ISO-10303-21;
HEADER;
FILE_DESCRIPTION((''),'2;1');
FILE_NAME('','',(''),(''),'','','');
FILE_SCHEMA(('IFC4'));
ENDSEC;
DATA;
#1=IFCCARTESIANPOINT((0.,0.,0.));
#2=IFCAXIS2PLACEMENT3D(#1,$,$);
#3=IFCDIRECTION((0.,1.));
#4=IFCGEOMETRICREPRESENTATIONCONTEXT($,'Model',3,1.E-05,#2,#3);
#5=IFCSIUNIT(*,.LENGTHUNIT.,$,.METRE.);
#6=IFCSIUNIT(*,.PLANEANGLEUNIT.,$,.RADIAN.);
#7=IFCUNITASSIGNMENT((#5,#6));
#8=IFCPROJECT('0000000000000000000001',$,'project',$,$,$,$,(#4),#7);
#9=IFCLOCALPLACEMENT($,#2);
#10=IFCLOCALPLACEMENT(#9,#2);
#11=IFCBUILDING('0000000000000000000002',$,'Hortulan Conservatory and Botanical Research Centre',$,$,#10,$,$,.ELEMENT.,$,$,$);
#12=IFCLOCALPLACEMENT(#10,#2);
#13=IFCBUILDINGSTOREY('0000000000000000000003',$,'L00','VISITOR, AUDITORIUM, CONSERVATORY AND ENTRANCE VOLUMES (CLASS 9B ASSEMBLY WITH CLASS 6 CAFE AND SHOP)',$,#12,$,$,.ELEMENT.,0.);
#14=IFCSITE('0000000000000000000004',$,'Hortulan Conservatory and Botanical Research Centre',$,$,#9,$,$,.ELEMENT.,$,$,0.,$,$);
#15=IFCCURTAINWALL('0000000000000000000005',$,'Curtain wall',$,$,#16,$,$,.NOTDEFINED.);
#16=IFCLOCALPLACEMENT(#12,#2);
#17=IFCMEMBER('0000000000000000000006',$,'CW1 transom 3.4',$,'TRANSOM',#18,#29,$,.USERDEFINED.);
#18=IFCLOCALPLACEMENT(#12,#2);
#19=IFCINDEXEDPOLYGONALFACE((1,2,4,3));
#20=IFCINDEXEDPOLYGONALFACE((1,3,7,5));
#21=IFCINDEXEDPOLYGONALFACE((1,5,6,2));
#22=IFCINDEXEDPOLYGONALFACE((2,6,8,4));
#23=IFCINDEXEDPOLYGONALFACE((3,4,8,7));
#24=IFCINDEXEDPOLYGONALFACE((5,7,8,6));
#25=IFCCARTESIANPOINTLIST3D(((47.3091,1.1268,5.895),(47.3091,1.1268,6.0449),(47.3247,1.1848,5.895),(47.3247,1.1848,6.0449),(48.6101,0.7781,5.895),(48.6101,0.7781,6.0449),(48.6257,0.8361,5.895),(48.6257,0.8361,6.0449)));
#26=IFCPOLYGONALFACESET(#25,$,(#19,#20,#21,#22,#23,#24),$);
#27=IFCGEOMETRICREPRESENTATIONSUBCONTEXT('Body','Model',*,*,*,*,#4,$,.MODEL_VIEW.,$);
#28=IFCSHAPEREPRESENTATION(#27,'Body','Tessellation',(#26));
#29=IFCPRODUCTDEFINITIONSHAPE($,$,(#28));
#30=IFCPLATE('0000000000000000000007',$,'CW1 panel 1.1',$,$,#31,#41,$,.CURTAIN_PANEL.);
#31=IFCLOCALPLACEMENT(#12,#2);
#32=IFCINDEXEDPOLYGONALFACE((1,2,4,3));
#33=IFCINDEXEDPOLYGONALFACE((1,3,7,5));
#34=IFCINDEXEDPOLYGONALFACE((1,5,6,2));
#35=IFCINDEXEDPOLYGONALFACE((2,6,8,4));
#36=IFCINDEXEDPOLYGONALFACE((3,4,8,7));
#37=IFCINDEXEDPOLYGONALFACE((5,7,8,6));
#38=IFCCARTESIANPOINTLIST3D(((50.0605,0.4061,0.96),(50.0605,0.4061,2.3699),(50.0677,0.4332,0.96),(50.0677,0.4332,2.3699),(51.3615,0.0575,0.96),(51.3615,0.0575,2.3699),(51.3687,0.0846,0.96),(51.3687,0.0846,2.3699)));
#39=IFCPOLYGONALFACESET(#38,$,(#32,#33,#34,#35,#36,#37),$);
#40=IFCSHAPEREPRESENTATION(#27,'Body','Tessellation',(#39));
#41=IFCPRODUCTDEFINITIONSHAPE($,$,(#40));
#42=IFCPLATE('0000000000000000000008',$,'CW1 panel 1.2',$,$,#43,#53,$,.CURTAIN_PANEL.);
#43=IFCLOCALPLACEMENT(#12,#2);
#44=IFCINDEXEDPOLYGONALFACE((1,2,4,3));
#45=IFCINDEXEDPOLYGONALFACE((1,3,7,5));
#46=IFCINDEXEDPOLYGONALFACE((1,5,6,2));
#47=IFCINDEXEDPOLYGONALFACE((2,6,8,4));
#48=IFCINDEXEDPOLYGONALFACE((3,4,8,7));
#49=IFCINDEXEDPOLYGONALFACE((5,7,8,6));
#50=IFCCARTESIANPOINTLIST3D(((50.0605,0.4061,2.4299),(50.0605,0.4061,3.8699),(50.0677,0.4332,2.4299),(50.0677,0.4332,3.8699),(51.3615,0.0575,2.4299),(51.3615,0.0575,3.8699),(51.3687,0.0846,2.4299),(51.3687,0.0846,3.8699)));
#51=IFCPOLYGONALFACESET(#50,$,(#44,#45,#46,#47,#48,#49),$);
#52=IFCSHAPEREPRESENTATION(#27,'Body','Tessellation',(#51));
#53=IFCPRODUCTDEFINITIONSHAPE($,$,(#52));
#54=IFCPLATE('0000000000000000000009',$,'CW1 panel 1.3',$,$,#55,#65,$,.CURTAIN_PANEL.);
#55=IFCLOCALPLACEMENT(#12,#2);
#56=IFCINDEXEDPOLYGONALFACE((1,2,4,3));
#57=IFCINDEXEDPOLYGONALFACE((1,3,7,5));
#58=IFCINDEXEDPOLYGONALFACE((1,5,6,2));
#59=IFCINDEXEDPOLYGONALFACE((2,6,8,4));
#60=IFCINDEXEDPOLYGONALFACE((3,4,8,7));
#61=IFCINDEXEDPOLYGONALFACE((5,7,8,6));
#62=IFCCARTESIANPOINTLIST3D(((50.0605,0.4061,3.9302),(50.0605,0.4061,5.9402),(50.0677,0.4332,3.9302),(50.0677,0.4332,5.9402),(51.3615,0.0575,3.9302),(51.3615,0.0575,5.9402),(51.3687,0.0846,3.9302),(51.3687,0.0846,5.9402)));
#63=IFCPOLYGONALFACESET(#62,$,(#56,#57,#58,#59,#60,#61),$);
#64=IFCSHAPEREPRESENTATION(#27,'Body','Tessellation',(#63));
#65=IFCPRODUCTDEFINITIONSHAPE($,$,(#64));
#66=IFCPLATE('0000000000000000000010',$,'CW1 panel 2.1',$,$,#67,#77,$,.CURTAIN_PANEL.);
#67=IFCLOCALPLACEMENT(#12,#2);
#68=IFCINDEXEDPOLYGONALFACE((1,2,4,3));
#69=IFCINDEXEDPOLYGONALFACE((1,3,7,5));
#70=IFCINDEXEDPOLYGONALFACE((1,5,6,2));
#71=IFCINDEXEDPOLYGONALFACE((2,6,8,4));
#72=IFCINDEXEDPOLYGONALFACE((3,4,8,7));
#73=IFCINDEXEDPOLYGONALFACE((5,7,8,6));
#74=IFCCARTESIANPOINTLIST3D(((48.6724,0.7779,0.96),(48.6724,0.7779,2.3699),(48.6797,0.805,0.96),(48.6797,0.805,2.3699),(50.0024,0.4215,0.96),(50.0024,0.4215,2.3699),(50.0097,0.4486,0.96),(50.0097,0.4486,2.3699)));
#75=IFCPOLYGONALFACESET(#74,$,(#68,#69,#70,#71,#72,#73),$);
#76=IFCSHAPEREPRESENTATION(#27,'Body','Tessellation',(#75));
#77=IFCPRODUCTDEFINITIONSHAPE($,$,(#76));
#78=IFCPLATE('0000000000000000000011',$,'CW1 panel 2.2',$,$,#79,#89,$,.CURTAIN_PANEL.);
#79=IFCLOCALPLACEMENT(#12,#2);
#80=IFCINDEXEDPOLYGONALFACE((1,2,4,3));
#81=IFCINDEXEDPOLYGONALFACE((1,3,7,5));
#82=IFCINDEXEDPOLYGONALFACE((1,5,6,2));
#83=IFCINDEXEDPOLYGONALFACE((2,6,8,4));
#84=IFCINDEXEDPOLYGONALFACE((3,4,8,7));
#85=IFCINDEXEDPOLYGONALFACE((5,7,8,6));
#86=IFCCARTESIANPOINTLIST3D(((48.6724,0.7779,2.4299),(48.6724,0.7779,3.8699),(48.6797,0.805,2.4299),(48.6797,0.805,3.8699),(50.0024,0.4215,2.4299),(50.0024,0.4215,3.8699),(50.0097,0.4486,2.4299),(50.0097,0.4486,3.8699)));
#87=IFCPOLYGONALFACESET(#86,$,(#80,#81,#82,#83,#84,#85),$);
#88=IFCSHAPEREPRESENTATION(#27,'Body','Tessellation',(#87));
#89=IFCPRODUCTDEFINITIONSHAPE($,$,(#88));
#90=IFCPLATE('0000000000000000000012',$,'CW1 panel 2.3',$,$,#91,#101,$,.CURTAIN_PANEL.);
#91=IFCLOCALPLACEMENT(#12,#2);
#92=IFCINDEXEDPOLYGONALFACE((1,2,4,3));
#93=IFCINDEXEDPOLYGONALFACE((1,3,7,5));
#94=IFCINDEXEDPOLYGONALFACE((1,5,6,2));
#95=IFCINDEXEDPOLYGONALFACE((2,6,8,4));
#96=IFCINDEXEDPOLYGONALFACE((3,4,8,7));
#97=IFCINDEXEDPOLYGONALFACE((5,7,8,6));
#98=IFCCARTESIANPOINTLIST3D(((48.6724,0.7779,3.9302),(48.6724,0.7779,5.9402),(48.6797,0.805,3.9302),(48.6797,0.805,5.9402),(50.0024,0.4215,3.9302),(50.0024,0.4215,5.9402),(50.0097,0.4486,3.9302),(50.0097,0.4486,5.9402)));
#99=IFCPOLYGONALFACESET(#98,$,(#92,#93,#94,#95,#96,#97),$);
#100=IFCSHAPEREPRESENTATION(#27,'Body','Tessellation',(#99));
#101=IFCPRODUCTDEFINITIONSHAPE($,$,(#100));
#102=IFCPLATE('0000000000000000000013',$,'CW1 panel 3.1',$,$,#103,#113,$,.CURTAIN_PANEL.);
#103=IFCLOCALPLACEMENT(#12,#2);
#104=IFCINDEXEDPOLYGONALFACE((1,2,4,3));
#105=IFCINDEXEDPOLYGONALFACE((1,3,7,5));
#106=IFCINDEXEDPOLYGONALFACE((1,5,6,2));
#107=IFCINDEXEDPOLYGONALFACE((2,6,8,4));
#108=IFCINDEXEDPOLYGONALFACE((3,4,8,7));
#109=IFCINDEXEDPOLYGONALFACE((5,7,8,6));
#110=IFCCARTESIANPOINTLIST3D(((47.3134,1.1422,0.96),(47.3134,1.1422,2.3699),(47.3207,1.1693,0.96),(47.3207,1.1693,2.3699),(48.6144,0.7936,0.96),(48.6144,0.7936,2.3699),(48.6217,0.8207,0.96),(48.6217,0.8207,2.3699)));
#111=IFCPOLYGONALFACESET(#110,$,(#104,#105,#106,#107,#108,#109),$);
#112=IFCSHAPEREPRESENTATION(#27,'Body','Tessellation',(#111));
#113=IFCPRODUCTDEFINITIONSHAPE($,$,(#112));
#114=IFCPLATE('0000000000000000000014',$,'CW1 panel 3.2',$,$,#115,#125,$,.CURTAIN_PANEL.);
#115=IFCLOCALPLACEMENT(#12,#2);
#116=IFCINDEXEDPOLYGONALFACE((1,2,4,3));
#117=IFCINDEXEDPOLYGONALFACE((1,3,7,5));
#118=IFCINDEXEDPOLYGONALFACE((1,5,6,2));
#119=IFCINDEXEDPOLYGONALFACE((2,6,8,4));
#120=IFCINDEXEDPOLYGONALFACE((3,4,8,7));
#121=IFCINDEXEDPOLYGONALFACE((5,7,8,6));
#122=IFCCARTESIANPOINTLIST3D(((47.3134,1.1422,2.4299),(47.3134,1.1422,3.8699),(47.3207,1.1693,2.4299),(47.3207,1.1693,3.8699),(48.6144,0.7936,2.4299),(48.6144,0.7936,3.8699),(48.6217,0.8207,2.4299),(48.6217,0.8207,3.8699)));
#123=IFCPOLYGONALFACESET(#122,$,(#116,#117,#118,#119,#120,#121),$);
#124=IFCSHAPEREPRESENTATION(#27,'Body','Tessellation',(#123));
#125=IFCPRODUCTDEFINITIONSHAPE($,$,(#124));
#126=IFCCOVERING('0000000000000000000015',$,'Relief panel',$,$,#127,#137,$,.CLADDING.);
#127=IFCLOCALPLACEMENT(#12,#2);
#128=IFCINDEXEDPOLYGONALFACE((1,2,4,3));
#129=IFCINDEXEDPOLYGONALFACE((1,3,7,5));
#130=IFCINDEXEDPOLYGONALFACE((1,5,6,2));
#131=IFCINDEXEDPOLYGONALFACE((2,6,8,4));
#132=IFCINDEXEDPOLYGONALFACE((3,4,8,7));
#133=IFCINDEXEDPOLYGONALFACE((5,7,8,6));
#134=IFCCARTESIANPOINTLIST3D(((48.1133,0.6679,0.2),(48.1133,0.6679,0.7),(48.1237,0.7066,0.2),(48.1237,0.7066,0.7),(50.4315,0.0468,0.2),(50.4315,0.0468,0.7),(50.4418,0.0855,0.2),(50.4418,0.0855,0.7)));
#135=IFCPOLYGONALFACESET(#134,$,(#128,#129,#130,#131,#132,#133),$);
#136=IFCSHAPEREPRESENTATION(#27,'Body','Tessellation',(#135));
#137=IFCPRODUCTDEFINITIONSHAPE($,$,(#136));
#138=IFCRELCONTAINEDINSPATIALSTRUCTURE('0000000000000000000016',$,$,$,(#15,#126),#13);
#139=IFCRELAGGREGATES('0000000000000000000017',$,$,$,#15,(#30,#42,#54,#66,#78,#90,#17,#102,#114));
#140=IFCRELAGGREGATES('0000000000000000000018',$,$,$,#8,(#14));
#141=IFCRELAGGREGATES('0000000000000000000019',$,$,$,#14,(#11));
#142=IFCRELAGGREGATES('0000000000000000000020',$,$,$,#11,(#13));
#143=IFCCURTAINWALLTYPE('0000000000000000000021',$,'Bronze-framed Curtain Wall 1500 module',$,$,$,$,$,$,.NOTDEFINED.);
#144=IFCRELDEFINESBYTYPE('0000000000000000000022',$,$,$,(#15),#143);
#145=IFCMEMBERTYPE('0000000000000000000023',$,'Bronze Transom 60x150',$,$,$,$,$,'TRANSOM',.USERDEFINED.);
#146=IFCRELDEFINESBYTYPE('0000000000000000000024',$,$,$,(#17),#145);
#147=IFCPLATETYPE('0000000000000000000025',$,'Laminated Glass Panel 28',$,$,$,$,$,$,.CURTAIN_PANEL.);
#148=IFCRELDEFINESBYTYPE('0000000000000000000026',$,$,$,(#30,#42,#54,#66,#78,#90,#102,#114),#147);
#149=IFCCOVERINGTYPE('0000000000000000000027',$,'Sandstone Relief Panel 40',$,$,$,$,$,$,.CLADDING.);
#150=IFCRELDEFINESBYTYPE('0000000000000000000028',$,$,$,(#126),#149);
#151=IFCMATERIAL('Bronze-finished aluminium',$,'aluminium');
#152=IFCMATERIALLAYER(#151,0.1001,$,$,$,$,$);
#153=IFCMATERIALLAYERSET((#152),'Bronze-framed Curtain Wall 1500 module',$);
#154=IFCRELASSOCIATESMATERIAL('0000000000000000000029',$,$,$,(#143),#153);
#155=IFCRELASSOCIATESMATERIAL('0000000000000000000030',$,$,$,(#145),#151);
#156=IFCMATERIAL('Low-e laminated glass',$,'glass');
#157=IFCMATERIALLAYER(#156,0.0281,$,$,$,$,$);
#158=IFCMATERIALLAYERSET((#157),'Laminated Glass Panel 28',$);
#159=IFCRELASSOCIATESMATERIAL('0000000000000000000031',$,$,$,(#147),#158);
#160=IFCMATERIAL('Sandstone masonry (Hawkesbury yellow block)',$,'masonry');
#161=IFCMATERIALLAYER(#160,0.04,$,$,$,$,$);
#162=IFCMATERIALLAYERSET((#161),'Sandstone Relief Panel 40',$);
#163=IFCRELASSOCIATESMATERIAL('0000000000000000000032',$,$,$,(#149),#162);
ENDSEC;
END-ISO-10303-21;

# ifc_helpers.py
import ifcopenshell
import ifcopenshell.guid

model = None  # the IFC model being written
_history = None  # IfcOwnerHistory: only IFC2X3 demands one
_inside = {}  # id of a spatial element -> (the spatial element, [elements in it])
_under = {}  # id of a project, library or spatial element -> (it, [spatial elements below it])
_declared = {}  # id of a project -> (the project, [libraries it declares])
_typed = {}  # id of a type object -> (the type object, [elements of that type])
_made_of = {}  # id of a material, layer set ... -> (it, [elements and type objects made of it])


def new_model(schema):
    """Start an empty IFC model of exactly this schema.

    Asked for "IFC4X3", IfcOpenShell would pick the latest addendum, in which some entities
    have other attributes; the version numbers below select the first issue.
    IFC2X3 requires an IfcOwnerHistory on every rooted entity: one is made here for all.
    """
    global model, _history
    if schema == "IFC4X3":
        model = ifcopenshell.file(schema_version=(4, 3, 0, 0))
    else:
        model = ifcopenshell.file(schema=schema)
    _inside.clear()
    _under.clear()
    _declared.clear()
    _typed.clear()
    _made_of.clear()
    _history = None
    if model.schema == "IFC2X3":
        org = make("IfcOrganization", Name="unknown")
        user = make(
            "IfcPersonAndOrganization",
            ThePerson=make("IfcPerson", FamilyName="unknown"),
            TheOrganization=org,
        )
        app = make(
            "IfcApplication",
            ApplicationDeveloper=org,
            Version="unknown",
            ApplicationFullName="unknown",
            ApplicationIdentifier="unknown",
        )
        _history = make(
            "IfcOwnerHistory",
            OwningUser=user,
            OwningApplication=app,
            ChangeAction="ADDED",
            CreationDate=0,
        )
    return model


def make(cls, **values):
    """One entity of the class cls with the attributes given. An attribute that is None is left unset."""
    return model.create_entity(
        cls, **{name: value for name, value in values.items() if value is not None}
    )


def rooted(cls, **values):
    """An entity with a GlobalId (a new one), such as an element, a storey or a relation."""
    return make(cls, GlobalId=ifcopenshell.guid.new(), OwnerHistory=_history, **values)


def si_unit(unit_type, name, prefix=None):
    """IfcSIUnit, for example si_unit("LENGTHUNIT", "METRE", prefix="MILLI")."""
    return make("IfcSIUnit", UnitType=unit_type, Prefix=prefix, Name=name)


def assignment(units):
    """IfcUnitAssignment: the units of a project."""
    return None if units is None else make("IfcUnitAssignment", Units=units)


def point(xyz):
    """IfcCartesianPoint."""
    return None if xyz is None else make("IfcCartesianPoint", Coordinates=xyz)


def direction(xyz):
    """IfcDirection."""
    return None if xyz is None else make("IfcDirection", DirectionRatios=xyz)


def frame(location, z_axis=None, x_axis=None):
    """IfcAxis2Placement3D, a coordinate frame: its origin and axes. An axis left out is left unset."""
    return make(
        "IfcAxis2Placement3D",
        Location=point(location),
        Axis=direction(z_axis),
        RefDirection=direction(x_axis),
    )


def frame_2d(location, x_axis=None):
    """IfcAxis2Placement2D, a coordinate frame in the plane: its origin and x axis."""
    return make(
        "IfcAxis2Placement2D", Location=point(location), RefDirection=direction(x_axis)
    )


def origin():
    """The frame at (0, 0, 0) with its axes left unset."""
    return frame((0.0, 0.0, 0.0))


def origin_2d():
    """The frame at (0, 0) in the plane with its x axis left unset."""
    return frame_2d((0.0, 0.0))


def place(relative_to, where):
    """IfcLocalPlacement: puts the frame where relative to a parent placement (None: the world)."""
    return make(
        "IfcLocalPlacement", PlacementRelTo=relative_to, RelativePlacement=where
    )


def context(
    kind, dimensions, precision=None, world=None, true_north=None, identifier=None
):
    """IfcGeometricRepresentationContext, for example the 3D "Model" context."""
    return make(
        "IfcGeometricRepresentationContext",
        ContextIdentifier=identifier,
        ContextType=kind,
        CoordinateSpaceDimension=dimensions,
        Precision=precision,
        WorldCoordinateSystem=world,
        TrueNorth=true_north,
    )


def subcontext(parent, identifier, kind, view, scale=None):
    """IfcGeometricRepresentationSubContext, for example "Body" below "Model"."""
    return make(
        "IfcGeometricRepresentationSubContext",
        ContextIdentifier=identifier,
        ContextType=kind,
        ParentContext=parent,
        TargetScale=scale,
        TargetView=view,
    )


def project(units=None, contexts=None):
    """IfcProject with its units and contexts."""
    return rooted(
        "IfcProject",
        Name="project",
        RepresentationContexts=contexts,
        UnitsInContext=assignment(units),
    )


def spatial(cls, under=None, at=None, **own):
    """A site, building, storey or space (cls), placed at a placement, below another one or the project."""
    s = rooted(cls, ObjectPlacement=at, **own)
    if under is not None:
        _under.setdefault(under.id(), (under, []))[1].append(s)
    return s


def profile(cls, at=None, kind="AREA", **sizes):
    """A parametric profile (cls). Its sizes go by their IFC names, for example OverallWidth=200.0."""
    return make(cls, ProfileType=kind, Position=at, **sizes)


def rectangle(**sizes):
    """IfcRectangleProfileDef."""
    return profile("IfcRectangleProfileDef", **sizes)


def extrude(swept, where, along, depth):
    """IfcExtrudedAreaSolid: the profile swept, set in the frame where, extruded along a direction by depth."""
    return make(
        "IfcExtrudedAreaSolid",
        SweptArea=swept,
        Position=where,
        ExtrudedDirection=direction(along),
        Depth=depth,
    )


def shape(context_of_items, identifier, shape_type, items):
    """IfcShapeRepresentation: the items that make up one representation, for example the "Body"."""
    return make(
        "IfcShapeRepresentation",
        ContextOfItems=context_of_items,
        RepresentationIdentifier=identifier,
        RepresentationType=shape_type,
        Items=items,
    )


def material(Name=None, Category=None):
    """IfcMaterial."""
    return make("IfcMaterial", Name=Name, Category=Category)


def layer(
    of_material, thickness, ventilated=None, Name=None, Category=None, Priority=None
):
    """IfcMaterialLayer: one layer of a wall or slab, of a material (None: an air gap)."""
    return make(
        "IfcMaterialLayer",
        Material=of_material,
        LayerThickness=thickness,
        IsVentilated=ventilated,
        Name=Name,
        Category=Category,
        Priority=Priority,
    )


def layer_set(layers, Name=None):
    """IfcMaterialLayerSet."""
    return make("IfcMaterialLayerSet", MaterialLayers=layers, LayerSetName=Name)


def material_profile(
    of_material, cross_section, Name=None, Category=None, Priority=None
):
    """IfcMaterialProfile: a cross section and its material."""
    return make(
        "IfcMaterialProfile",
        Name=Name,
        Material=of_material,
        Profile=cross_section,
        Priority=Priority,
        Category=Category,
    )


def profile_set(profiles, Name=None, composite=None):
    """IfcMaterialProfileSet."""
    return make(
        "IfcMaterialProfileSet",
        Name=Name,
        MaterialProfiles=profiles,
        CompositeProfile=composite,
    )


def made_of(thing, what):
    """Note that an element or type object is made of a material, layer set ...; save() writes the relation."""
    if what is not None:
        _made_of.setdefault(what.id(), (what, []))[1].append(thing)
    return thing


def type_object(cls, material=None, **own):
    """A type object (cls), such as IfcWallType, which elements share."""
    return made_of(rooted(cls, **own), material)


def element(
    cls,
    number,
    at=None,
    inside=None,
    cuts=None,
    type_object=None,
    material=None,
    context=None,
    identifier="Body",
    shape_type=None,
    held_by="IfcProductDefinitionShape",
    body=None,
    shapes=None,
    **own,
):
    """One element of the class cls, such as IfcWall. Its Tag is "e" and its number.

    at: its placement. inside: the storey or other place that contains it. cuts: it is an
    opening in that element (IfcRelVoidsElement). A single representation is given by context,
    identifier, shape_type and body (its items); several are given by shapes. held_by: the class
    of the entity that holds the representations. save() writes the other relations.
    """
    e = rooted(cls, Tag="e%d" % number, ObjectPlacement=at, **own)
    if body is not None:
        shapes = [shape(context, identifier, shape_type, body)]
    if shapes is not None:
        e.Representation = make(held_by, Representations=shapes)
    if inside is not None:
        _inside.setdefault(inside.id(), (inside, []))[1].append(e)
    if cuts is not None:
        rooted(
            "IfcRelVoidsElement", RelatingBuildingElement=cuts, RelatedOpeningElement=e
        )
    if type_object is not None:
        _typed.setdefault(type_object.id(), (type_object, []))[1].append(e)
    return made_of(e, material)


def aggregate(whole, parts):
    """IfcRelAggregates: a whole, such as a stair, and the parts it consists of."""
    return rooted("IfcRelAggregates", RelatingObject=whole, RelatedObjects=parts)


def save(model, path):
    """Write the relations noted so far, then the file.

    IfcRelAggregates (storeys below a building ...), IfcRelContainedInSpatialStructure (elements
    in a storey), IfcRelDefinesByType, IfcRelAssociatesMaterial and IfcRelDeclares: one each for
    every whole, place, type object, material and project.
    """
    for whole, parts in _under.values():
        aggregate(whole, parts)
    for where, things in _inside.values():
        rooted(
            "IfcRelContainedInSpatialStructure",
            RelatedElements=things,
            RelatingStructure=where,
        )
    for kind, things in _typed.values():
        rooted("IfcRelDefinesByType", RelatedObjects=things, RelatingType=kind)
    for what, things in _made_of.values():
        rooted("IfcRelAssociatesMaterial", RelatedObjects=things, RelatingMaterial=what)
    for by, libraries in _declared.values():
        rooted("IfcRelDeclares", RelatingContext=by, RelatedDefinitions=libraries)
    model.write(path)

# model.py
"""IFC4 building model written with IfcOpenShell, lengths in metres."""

from ifc_helpers import new_model, si_unit, direction, frame, origin, origin_2d, place, context, subcontext, project, spatial, rectangle, extrude, material, layer, layer_set, material_profile, profile_set, type_object, element, aggregate, save


model = new_model("IFC4")

# Units and contexts
model_context = context("Model", 3, precision=1e-05, world=origin(), true_north=direction((0.0, 1.0)))
body_context = subcontext(model_context, "Body", "Model", "MODEL_VIEW")
ifc_project = project(units=[si_unit("LENGTHUNIT", "METRE"), si_unit("PLANEANGLEUNIT", "RADIAN")], contexts=[model_context])

# Site, building, storey
site_placement = place(None, origin())
site = spatial("IfcSite", under=ifc_project, at=site_placement, Name="Hortulan Conservatory and Botanical Research Centre", CompositionType="ELEMENT", RefElevation=0.0)
building_placement = place(site_placement, origin())
building = spatial("IfcBuilding", under=site, at=building_placement, Name="Hortulan Conservatory and Botanical Research Centre", CompositionType="ELEMENT")
storey_placement = place(building_placement, origin())
storey = spatial("IfcBuildingStorey", under=building, at=storey_placement, Name="L00", Description="VISITOR, AUDITORIUM, CONSERVATORY AND ENTRANCE VOLUMES (CLASS 9B ASSEMBLY WITH CLASS 6 CAFE AND SHOP)", CompositionType="ELEMENT", Elevation=0.0)

# Curtain wall, member, plates
ifc_material_1 = material(Name="Bronze-finished aluminium", Category="aluminium")
ifc_layer_1 = layer(ifc_material_1, 0.1001)
ifc_layer_set_1 = layer_set([ifc_layer_1], Name="Bronze-framed Curtain Wall 1500 module")
curtain_wall_type = type_object("IfcCurtainWallType", Name="Bronze-framed Curtain Wall 1500 module", PredefinedType="NOTDEFINED", material=ifc_layer_set_1)
curtain_wall_placement = place(storey_placement, origin())
curtain_wall = element("IfcCurtainWall", 1, at=curtain_wall_placement, inside=storey, type_object=curtain_wall_type, Name="Curtain wall", PredefinedType="NOTDEFINED")
ifc_material_profile_1 = material_profile(ifc_material_1, rectangle(XDim=0.0601, YDim=0.1499, at=origin_2d()), Name="Bronze Transom 60x150")
ifc_profile_set_1 = profile_set([ifc_material_profile_1], Name="Bronze-finished aluminium")
member_type_1 = type_object("IfcMemberType", Name="Bronze Transom 60x150", ElementType="TRANSOM", PredefinedType="USERDEFINED", material=ifc_profile_set_1)
member_1_placement = place(storey_placement, frame((48.6179, 0.8071, 5.97), z_axis=(-0.965921, 0.258836, 0.0), x_axis=(-0.258836, -0.965921, 0.0)))
member_1 = element("IfcMember", 2, at=member_1_placement, type_object=member_type_1, Name="CW1 transom 3.4", ObjectType="TRANSOM", PredefinedType="USERDEFINED", context=body_context, shape_type="SweptSolid", body=[
    extrude(rectangle(XDim=0.0601, YDim=0.1499, at=origin_2d()), origin(), (0.0, 0.0, 1.0), 1.3469),
])
ifc_material_2 = material(Name="Low-e laminated glass", Category="glass")
ifc_layer_2 = layer(ifc_material_2, 0.0281)
ifc_layer_set_2 = layer_set([ifc_layer_2], Name="Laminated Glass Panel 28")
plate_type = type_object("IfcPlateType", Name="Laminated Glass Panel 28", PredefinedType="CURTAIN_PANEL", material=ifc_layer_set_2)
plate_1_placement = place(storey_placement, frame((50.7146, 0.2454, 0.96), z_axis=(0.0, 0.0, 1.0), x_axis=(-0.965922, 0.258832, 0.0)))
plate_1 = element("IfcPlate", 3, at=plate_1_placement, type_object=plate_type, Name="CW1 panel 1.1", PredefinedType="CURTAIN_PANEL", context=body_context, shape_type="SweptSolid", body=[
    extrude(rectangle(XDim=1.3469, YDim=0.0281, at=origin_2d()), origin(), (0.0, 0.0, 1.0), 1.4099),
])
plate_2_placement = place(storey_placement, frame((50.7146, 0.2454, 2.4299), z_axis=(0.0, 0.0, 1.0), x_axis=(-0.965922, 0.258832, 0.0)))
plate_2 = element("IfcPlate", 4, at=plate_2_placement, type_object=plate_type, Name="CW1 panel 1.2", PredefinedType="CURTAIN_PANEL", context=body_context, shape_type="SweptSolid", body=[
    extrude(rectangle(XDim=1.3469, YDim=0.0281, at=origin_2d()), origin(), (0.0, 0.0, 1.0), 1.4399),
])
plate_3_placement = place(storey_placement, frame((50.7146, 0.2454, 3.9302), z_axis=(0.0, 0.0, 1.0), x_axis=(-0.965922, 0.258832, 0.0)))
plate_3 = element("IfcPlate", 5, at=plate_3_placement, type_object=plate_type, Name="CW1 panel 1.3", PredefinedType="CURTAIN_PANEL", context=body_context, shape_type="SweptSolid", body=[
    extrude(rectangle(XDim=1.3469, YDim=0.0281, at=origin_2d()), origin(), (0.0, 0.0, 1.0), 2.01),
])
plate_4_placement = place(storey_placement, frame((49.3411, 0.6133, 0.96), z_axis=(0.0, 0.0, 1.0), x_axis=(-0.965922, 0.258832, 0.0)))
plate_4 = element("IfcPlate", 6, at=plate_4_placement, type_object=plate_type, Name="CW1 panel 2.1", PredefinedType="CURTAIN_PANEL", context=body_context, shape_type="SweptSolid", body=[
    extrude(rectangle(XDim=1.377, YDim=0.0281, at=origin_2d()), origin(), (0.0, 0.0, 1.0), 1.4099),
])
plate_5_placement = place(storey_placement, frame((49.3411, 0.6133, 2.4299), z_axis=(0.0, 0.0, 1.0), x_axis=(-0.965922, 0.258832, 0.0)))
plate_5 = element("IfcPlate", 7, at=plate_5_placement, type_object=plate_type, Name="CW1 panel 2.2", PredefinedType="CURTAIN_PANEL", context=body_context, shape_type="SweptSolid", body=[
    extrude(rectangle(XDim=1.377, YDim=0.0281, at=origin_2d()), origin(), (0.0, 0.0, 1.0), 1.4399),
])
plate_6_placement = place(storey_placement, frame((49.3411, 0.6133, 3.9302), z_axis=(0.0, 0.0, 1.0), x_axis=(-0.965922, 0.258832, 0.0)))
plate_6 = element("IfcPlate", 8, at=plate_6_placement, type_object=plate_type, Name="CW1 panel 2.3", PredefinedType="CURTAIN_PANEL", context=body_context, shape_type="SweptSolid", body=[
    extrude(rectangle(XDim=1.377, YDim=0.0281, at=origin_2d()), origin(), (0.0, 0.0, 1.0), 2.01),
])
plate_7_placement = place(storey_placement, frame((47.9675, 0.9814, 0.96), z_axis=(0.0, 0.0, 1.0), x_axis=(-0.965922, 0.258832, 0.0)))
plate_7 = element("IfcPlate", 9, at=plate_7_placement, type_object=plate_type, Name="CW1 panel 3.1", PredefinedType="CURTAIN_PANEL", context=body_context, shape_type="SweptSolid", body=[
    extrude(rectangle(XDim=1.3469, YDim=0.0281, at=origin_2d()), origin(), (0.0, 0.0, 1.0), 1.4099),
])
plate_8_placement = place(storey_placement, frame((47.9675, 0.9814, 2.4299), z_axis=(0.0, 0.0, 1.0), x_axis=(-0.965922, 0.258832, 0.0)))
plate_8 = element("IfcPlate", 10, at=plate_8_placement, type_object=plate_type, Name="CW1 panel 3.2", PredefinedType="CURTAIN_PANEL", context=body_context, shape_type="SweptSolid", body=[
    extrude(rectangle(XDim=1.3469, YDim=0.0281, at=origin_2d()), origin(), (0.0, 0.0, 1.0), 1.4399),
])
aggregate(curtain_wall, [plate_1, plate_2, plate_3, plate_4, plate_5, plate_6, member_1, plate_7, plate_8])

# Covering
ifc_material_3 = material(Name="Sandstone masonry (Hawkesbury yellow block)", Category="masonry")
ifc_layer_3 = layer(ifc_material_3, 0.04)
ifc_layer_set_3 = layer_set([ifc_layer_3], Name="Sandstone Relief Panel 40")
covering_type = type_object("IfcCoveringType", Name="Sandstone Relief Panel 40", PredefinedType="CLADDING", material=ifc_layer_set_3)
covering_placement = place(storey_placement, frame((49.2776, 0.3767, 0.2), z_axis=(0.0, 0.0, 1.0), x_axis=(-0.965925, 0.258822, 0.0)))
element("IfcCovering", 11, at=covering_placement, inside=storey, type_object=covering_type, Name="Relief panel", PredefinedType="CLADDING", context=body_context, shape_type="SweptSolid", body=[
    extrude(rectangle(XDim=2.3999, YDim=0.04, at=origin_2d()), origin(), (0.0, 0.0, 1.0), 0.5),
])

save(model, "model.ifc")
